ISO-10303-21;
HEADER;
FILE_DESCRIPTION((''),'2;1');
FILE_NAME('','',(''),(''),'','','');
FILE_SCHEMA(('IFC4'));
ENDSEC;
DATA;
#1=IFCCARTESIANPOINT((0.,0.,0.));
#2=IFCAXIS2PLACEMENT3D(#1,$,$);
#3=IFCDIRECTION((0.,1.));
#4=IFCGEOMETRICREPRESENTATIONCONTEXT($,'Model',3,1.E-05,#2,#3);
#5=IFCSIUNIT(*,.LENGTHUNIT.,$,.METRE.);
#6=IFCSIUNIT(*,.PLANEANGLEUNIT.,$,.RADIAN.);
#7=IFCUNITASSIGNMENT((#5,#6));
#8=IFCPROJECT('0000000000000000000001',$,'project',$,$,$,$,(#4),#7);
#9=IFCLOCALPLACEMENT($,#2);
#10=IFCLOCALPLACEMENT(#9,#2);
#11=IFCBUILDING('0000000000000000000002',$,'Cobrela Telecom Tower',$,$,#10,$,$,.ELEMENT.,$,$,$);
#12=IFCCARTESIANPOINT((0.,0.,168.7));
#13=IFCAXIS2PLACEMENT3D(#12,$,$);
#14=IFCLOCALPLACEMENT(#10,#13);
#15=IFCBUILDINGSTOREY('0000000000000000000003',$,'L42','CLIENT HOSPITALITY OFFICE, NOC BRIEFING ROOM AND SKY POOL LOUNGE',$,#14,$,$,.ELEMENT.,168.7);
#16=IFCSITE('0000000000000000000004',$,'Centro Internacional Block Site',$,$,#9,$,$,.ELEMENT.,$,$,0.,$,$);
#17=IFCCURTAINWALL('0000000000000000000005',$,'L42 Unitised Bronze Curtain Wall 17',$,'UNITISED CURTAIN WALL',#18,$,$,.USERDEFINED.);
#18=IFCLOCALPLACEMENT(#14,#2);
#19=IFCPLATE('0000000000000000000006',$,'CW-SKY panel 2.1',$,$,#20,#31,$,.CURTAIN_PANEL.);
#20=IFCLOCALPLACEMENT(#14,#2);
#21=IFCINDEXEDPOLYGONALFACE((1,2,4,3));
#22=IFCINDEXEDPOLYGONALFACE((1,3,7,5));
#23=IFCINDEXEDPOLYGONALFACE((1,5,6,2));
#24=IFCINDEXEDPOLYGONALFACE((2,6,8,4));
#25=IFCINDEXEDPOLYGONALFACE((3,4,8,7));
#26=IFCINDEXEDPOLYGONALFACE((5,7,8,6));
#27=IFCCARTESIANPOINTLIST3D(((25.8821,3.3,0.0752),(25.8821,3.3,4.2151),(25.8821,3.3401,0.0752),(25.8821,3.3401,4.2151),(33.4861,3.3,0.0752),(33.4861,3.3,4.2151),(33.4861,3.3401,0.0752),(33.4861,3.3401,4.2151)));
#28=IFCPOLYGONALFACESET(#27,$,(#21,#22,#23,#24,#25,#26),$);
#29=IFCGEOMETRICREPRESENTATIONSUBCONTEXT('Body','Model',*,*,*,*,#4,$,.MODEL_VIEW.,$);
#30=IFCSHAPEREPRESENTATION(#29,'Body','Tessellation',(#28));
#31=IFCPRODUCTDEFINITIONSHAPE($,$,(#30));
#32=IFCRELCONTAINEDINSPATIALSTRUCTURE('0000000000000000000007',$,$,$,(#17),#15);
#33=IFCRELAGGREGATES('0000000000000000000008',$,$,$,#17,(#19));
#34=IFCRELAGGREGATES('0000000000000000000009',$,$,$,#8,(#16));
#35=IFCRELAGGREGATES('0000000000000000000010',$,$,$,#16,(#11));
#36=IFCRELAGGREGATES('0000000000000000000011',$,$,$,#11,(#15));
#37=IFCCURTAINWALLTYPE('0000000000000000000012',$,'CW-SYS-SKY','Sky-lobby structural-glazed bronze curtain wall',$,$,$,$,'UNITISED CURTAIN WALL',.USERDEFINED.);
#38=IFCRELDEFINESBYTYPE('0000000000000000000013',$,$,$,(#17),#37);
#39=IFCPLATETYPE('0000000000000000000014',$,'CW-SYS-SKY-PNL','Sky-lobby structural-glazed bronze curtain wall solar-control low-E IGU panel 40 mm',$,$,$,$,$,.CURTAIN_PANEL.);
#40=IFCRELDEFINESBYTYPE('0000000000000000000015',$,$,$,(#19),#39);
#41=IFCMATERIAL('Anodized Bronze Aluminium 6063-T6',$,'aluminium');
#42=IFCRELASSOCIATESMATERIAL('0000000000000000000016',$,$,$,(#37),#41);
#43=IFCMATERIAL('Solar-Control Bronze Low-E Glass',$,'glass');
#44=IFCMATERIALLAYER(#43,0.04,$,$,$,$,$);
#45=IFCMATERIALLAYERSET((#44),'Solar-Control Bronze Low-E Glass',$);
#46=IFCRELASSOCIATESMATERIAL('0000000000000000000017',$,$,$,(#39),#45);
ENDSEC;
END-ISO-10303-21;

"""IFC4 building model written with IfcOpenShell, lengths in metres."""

from ifc_helpers import new_model, si_unit, direction, frame, origin, origin_2d, place, context, subcontext, project, spatial, rectangle, extrude, material, layer, layer_set, type_object, element, aggregate, save


model = new_model("IFC4")

# Units and contexts
model_context = context("Model", 3, precision=1e-05, world=origin(), true_north=direction((0.0, 1.0)))
body_context = subcontext(model_context, "Body", "Model", "MODEL_VIEW")
ifc_project = project(units=[si_unit("LENGTHUNIT", "METRE"), si_unit("PLANEANGLEUNIT", "RADIAN")], contexts=[model_context])

# Site, building, storey
site_placement = place(None, origin())
site = spatial("IfcSite", under=ifc_project, at=site_placement, Name="Centro Internacional Block Site", CompositionType="ELEMENT", RefElevation=0.0)
building_placement = place(site_placement, origin())
building = spatial("IfcBuilding", under=site, at=building_placement, Name="Cobrela Telecom Tower", CompositionType="ELEMENT")
storey_placement = place(building_placement, frame((0.0, 0.0, 168.7)))
storey = spatial("IfcBuildingStorey", under=building, at=storey_placement, Name="L42", Description="CLIENT HOSPITALITY OFFICE, NOC BRIEFING ROOM AND SKY POOL LOUNGE", CompositionType="ELEMENT", Elevation=168.7)

# Curtain wall, plate
ifc_material_1 = material(Name="Anodized Bronze Aluminium 6063-T6", Category="aluminium")
curtain_wall_type = type_object("IfcCurtainWallType", Name="CW-SYS-SKY", Description="Sky-lobby structural-glazed bronze curtain wall", ElementType="UNITISED CURTAIN WALL", PredefinedType="USERDEFINED", material=ifc_material_1)
curtain_wall_placement = place(storey_placement, origin())
curtain_wall = element("IfcCurtainWall", 1, at=curtain_wall_placement, inside=storey, type_object=curtain_wall_type, Name="L42 Unitised Bronze Curtain Wall 17", ObjectType="UNITISED CURTAIN WALL", PredefinedType="USERDEFINED")
ifc_material_2 = material(Name="Solar-Control Bronze Low-E Glass", Category="glass")
ifc_layer = layer(ifc_material_2, 0.04)
ifc_layer_set = layer_set([ifc_layer], Name="Solar-Control Bronze Low-E Glass")
plate_type = type_object("IfcPlateType", Name="CW-SYS-SKY-PNL", Description="Sky-lobby structural-glazed bronze curtain wall solar-control low-E IGU panel 40 mm", PredefinedType="CURTAIN_PANEL", material=ifc_layer_set)
plate_1_placement = place(storey_placement, frame((29.6841, 3.3201, 0.0752), z_axis=(0.0, 0.0, 1.0), x_axis=(-1.0, 0.0, 0.0)))
plate_1 = element("IfcPlate", 2, at=plate_1_placement, type_object=plate_type, Name="CW-SKY panel 2.1", PredefinedType="CURTAIN_PANEL", context=body_context, shape_type="SweptSolid", body=[
    extrude(rectangle(XDim=7.604, YDim=0.04, at=origin_2d()), origin(), (0.0, 0.0, 1.0), 4.1399),
])
aggregate(curtain_wall, [plate_1])

save(model, "model.ifc")
